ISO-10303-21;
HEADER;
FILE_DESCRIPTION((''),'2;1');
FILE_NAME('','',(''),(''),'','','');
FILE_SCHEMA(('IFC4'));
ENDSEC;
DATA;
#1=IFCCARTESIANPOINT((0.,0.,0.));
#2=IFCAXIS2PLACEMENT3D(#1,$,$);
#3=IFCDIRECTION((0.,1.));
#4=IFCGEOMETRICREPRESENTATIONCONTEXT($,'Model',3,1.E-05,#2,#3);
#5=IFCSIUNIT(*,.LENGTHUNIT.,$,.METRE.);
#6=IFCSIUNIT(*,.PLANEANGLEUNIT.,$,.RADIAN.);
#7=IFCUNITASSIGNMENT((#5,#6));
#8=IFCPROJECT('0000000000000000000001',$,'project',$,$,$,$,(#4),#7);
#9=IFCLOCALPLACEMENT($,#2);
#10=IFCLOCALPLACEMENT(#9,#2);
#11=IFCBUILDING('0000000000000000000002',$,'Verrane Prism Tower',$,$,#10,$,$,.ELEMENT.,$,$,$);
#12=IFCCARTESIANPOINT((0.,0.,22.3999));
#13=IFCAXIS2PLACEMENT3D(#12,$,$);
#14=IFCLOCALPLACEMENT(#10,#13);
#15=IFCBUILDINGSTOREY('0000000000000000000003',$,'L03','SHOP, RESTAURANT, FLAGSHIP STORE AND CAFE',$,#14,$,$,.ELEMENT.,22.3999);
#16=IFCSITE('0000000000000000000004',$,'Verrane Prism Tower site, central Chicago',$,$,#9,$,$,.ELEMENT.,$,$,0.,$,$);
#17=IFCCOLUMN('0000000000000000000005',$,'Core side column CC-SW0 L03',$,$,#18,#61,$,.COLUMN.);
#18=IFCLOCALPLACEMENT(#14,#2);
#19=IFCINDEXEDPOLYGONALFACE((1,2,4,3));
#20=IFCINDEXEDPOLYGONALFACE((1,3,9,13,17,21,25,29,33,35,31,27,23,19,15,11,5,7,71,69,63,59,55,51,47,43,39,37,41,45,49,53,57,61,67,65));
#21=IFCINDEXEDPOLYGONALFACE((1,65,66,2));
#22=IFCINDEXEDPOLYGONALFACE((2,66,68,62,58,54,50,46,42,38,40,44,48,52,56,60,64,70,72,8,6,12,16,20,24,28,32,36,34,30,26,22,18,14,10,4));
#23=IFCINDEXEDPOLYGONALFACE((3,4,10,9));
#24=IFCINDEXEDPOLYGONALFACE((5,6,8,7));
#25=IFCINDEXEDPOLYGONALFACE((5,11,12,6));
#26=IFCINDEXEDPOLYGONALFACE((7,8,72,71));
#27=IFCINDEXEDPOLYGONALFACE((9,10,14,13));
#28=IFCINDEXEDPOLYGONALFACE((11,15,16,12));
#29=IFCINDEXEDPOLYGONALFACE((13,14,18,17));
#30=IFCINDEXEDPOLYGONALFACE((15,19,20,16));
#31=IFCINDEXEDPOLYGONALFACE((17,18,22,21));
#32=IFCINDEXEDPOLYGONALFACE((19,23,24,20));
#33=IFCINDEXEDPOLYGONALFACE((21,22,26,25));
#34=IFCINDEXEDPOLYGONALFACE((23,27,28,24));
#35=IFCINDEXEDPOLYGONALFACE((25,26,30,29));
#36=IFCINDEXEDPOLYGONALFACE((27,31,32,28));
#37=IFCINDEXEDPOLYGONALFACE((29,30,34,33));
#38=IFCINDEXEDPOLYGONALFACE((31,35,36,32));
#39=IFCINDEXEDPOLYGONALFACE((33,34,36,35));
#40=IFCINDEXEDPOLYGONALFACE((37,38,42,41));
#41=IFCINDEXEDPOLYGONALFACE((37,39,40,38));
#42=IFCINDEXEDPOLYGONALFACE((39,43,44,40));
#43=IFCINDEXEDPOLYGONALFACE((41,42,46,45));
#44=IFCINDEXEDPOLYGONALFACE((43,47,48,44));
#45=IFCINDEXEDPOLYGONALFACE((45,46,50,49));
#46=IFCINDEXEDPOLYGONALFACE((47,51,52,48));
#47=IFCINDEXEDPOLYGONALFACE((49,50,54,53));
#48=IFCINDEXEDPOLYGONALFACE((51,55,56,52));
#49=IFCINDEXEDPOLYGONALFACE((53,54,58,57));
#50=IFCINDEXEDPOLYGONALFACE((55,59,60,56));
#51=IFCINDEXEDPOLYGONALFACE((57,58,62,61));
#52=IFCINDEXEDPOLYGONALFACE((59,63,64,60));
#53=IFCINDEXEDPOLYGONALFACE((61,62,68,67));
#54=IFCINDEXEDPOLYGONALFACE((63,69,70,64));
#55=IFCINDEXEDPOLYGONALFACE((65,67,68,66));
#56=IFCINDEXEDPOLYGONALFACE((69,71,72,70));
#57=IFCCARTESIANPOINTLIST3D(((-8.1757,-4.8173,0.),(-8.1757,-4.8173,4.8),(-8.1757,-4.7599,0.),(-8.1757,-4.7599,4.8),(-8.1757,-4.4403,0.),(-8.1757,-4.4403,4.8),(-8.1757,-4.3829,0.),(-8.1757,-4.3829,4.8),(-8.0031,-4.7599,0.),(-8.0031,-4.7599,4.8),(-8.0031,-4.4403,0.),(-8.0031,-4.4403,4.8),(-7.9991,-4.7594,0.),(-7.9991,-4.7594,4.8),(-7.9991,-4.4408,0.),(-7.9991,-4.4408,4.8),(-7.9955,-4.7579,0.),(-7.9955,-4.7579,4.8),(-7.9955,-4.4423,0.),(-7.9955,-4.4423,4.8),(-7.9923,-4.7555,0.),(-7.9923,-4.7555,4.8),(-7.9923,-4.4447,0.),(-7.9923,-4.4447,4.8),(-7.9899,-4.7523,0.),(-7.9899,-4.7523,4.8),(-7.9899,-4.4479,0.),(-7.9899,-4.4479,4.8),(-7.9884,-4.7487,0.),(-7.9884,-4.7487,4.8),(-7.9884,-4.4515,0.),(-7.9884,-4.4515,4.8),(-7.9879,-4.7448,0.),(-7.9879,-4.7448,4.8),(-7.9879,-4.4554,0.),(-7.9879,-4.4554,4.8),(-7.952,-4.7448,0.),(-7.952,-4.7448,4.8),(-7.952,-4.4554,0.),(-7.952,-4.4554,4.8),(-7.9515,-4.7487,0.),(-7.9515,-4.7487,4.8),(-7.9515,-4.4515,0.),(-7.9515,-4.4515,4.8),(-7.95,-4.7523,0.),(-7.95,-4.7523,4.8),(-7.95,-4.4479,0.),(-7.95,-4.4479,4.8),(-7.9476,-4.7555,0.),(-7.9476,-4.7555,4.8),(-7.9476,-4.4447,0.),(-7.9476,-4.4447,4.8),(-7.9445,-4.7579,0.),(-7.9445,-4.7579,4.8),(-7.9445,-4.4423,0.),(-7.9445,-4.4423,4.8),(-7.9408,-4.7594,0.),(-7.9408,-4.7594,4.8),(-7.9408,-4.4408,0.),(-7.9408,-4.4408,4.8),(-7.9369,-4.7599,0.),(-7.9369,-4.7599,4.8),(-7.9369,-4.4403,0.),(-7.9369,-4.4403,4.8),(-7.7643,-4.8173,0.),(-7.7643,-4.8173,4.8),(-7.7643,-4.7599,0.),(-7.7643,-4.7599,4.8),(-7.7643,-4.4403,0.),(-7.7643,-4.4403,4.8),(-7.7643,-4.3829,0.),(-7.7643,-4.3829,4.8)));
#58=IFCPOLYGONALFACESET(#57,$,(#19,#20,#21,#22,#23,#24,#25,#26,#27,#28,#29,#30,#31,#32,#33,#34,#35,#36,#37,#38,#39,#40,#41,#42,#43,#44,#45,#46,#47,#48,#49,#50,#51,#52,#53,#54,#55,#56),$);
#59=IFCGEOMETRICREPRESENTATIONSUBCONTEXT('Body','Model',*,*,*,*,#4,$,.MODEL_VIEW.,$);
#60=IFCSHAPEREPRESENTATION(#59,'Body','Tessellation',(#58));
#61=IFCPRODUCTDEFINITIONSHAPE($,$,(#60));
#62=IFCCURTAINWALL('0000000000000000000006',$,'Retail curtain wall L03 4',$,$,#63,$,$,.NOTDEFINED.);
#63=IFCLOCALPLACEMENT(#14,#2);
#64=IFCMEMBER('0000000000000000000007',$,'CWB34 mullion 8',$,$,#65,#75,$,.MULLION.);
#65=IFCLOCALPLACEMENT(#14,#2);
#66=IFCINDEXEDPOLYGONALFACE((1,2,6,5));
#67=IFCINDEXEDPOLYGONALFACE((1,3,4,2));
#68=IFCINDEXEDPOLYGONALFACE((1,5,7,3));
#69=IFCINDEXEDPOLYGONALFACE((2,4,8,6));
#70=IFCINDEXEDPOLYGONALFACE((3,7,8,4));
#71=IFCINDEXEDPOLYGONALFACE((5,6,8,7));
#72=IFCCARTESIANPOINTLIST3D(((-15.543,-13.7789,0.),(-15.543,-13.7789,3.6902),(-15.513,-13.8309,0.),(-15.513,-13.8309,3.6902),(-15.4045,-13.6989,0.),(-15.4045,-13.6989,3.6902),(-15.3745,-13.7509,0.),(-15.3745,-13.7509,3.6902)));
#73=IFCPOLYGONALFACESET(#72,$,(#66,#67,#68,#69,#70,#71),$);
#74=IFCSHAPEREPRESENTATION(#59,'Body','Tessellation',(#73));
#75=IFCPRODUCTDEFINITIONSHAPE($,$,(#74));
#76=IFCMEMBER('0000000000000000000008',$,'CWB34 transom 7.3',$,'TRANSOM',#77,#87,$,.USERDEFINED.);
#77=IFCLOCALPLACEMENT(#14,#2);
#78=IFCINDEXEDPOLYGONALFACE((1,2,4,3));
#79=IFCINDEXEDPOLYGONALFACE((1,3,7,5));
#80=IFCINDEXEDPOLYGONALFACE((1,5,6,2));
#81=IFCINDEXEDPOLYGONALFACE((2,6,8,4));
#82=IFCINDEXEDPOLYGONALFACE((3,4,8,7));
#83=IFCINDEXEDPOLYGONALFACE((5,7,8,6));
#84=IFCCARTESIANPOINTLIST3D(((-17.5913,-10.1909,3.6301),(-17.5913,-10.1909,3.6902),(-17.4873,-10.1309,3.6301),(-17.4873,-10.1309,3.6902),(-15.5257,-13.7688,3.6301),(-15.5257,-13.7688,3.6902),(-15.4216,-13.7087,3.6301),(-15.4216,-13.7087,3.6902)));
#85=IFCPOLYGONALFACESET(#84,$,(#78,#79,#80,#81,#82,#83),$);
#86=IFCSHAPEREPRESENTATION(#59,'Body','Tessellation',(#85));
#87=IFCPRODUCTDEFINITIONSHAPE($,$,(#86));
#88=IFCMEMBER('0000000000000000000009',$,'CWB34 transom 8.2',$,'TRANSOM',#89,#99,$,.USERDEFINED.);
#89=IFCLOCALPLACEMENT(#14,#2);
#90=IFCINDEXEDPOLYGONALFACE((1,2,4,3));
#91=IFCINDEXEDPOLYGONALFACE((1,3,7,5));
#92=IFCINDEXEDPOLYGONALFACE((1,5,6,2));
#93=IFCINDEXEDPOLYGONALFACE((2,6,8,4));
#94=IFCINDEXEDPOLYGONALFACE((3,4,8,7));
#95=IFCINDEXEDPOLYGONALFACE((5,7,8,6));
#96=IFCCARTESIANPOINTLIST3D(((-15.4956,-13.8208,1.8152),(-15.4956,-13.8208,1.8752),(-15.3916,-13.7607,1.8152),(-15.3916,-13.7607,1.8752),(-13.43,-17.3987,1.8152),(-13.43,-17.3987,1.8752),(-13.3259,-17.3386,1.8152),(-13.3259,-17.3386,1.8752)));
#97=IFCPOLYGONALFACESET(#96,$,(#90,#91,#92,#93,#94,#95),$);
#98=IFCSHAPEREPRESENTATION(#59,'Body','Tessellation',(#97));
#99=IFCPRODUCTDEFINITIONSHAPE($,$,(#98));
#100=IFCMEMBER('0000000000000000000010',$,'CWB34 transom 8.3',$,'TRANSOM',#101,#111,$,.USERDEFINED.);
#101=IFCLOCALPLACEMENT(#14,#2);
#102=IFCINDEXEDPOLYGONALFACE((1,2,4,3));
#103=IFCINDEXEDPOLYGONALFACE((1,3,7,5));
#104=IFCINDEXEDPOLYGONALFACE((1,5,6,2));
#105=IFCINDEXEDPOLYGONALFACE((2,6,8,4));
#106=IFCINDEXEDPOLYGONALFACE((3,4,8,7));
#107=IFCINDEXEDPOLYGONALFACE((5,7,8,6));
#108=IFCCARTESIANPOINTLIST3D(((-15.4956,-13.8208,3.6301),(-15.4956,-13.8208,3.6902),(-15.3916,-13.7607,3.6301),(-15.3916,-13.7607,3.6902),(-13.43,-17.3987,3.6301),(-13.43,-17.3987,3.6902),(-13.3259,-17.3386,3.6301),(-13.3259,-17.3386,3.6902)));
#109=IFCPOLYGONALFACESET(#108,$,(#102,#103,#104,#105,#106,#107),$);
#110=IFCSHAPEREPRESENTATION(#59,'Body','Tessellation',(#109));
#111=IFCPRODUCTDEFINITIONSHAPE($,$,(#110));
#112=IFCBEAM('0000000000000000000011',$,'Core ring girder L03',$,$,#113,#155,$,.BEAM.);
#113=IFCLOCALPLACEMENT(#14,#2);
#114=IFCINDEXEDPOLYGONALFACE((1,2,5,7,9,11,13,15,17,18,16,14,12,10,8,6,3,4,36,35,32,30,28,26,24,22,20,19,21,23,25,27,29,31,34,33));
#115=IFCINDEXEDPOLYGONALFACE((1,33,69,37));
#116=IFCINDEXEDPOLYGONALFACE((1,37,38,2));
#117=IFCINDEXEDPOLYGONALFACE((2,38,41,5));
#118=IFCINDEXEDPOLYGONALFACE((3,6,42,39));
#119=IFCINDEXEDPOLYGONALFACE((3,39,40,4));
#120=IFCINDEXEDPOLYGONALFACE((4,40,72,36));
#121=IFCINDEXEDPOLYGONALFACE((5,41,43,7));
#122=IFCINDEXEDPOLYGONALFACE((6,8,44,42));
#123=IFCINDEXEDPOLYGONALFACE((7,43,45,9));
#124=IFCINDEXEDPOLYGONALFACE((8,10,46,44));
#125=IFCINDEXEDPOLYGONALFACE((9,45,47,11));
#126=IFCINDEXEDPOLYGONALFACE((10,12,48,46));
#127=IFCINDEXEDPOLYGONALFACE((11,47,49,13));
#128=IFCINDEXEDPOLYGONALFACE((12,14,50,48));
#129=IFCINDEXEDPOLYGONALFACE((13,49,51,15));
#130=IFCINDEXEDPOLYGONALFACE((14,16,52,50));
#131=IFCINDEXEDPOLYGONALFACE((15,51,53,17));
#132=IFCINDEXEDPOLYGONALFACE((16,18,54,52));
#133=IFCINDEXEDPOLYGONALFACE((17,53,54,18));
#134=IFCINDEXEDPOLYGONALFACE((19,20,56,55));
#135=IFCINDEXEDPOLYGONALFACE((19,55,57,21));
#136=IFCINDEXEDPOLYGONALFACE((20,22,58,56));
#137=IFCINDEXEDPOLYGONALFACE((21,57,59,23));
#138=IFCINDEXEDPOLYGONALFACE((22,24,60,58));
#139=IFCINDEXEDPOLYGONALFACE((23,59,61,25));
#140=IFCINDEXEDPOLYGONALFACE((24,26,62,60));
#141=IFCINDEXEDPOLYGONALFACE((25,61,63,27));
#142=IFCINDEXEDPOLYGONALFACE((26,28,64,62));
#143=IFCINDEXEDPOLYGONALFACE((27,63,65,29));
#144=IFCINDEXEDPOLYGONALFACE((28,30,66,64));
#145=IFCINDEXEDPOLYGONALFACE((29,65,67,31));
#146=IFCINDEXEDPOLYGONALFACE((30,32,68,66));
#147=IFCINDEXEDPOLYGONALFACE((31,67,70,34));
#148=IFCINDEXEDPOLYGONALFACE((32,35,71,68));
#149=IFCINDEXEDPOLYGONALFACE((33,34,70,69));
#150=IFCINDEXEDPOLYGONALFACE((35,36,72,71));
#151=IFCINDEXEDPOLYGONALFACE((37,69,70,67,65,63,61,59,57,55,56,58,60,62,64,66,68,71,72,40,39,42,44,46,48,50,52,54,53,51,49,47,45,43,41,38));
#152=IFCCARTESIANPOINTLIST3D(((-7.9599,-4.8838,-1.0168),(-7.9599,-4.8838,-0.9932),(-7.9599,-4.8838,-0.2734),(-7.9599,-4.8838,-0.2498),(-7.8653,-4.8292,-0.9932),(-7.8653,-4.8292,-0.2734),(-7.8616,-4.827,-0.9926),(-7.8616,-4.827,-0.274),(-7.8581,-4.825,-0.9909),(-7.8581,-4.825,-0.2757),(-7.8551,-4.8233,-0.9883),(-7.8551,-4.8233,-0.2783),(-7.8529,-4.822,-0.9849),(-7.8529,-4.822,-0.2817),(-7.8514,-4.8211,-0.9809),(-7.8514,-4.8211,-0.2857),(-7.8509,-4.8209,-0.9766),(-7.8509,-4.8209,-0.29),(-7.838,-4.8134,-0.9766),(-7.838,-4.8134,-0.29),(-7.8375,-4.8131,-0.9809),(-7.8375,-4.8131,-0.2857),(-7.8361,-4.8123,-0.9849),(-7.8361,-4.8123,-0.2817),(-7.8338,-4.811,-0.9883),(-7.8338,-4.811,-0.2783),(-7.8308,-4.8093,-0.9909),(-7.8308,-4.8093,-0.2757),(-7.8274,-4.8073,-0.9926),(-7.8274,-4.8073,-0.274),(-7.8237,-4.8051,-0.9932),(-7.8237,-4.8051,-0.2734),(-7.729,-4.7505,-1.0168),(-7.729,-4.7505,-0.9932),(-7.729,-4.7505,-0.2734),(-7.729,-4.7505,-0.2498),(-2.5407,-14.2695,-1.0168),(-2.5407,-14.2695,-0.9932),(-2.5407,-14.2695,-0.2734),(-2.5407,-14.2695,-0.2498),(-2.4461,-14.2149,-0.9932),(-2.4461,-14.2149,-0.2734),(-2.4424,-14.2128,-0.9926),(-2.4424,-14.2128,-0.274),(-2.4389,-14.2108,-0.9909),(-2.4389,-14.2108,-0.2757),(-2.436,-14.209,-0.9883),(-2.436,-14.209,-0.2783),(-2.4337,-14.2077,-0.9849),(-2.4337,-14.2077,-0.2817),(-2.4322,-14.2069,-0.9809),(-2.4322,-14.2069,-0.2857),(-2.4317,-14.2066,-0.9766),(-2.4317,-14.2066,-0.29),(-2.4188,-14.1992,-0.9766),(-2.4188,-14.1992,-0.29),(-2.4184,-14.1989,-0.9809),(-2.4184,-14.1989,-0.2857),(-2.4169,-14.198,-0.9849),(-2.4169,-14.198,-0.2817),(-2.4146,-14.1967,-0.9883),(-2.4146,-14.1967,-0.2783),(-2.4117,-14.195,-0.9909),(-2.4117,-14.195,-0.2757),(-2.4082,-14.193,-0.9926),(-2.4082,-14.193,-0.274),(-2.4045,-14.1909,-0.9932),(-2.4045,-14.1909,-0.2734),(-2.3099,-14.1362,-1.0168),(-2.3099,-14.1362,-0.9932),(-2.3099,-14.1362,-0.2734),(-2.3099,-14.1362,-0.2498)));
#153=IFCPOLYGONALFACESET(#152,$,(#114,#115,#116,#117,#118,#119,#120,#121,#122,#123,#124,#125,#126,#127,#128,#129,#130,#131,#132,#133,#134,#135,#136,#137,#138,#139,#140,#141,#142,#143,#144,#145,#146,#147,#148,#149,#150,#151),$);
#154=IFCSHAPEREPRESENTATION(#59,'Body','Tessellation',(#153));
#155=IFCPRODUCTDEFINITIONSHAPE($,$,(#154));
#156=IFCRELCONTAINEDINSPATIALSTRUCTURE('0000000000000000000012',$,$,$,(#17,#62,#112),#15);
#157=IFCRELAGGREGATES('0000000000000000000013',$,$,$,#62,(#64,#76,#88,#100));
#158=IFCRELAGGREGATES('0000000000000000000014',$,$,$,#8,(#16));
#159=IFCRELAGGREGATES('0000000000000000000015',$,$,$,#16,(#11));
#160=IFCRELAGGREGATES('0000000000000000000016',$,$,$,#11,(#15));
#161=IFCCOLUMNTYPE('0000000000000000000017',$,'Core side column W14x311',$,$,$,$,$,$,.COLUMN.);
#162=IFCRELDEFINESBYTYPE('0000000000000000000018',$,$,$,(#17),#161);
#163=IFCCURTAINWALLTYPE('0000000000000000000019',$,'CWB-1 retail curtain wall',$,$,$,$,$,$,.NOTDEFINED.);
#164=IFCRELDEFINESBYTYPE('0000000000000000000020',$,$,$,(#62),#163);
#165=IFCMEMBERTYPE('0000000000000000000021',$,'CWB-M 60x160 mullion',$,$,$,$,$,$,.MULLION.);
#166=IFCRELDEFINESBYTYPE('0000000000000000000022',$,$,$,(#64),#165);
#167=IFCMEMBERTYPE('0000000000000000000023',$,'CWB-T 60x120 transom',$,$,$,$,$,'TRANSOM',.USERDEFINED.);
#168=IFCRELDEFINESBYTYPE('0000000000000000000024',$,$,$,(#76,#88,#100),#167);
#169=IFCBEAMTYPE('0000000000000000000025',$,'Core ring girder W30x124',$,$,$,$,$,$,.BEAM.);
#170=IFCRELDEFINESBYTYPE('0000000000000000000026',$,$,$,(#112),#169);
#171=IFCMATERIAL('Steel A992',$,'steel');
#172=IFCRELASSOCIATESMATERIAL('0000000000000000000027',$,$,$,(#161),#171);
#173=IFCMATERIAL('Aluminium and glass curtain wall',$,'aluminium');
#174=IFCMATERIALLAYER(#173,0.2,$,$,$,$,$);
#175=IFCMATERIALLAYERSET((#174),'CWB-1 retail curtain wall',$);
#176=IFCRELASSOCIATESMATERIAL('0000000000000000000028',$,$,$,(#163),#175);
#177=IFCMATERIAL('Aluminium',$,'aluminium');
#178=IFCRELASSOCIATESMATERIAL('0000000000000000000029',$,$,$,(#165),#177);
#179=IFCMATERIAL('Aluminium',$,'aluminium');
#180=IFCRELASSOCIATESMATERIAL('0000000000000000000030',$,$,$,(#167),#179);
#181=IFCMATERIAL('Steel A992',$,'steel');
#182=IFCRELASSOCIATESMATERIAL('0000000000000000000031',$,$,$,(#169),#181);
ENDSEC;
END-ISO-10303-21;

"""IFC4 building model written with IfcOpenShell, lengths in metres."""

from ifc_helpers import new_model, si_unit, direction, frame, origin, origin_2d, place, context, subcontext, project, spatial, rectangle, i_section, extrude, material, layer, layer_set, material_profile, profile_set, type_object, element, aggregate, save


model = new_model("IFC4")

# Units and contexts
model_context = context("Model", 3, precision=1e-05, world=origin(), true_north=direction((0.0, 1.0)))
body_context = subcontext(model_context, "Body", "Model", "MODEL_VIEW")
ifc_project = project(units=[si_unit("LENGTHUNIT", "METRE"), si_unit("PLANEANGLEUNIT", "RADIAN")], contexts=[model_context])

# Site, building, storey
site_placement = place(None, origin())
site = spatial("IfcSite", under=ifc_project, at=site_placement, Name="Verrane Prism Tower site, central Chicago", CompositionType="ELEMENT", RefElevation=0.0)
building_placement = place(site_placement, origin())
building = spatial("IfcBuilding", under=site, at=building_placement, Name="Verrane Prism Tower", CompositionType="ELEMENT")
storey_placement = place(building_placement, frame((0.0, 0.0, 22.3999)))
storey = spatial("IfcBuildingStorey", under=building, at=storey_placement, Name="L03", Description="SHOP, RESTAURANT, FLAGSHIP STORE AND CAFE", CompositionType="ELEMENT", Elevation=22.3999)

# Column
ifc_material_1 = material(Name="Steel A992", Category="steel")
ifc_material_profile_1 = material_profile(ifc_material_1, i_section(OverallWidth=0.4114, OverallDepth=0.4343, WebThickness=0.0359, FlangeThickness=0.0574, FilletRadius=0.0151, at=origin_2d()), Name="W14x311")
ifc_profile_set_1 = profile_set([ifc_material_profile_1], Name="Steel A992")
column_type = type_object("IfcColumnType", Name="Core side column W14x311", PredefinedType="COLUMN", material=ifc_profile_set_1)
column_placement = place(storey_placement, frame((-7.97, -4.6001, 0.0), z_axis=(0.0, 0.0, 1.0), x_axis=(1.0, 0.0, 0.0)))
element("IfcColumn", 1, at=column_placement, inside=storey, type_object=column_type, Name="Core side column CC-SW0 L03", PredefinedType="COLUMN", context=body_context, shape_type="SweptSolid", body=[
    extrude(i_section(OverallWidth=0.4114, OverallDepth=0.4343, WebThickness=0.0359, FlangeThickness=0.0574, FilletRadius=0.0151, at=origin_2d()), origin(), (0.0, 0.0, 1.0), 4.8),
])

# Curtain wall, members
ifc_material_2 = material(Name="Aluminium and glass curtain wall", Category="aluminium")
ifc_layer_1 = layer(ifc_material_2, 0.2)
ifc_layer_set_1 = layer_set([ifc_layer_1], Name="CWB-1 retail curtain wall")
curtain_wall_type = type_object("IfcCurtainWallType", Name="CWB-1 retail curtain wall", PredefinedType="NOTDEFINED", material=ifc_layer_set_1)
curtain_wall_placement = place(storey_placement, origin())
curtain_wall = element("IfcCurtainWall", 2, at=curtain_wall_placement, inside=storey, type_object=curtain_wall_type, Name="Retail curtain wall L03 4", PredefinedType="NOTDEFINED")
ifc_material_3 = material(Name="Aluminium", Category="aluminium")
ifc_material_profile_2 = material_profile(ifc_material_3, rectangle(XDim=0.1599, YDim=0.0601, at=origin_2d()), Name="CWB-M 60x160 mullion")
ifc_profile_set_2 = profile_set([ifc_material_profile_2], Name="Aluminium")
member_type_1 = type_object("IfcMemberType", Name="CWB-M 60x160 mullion", PredefinedType="MULLION", material=ifc_profile_set_2)
member_1_placement = place(storey_placement, frame((-15.4587, -13.7649, 0.0), z_axis=(0.0, 0.0, 1.0), x_axis=(0.866025, 0.5, 0.0)))
member_1 = element("IfcMember", 3, at=member_1_placement, type_object=member_type_1, Name="CWB34 mullion 8", PredefinedType="MULLION", context=body_context, shape_type="SweptSolid", body=[
    extrude(rectangle(XDim=0.1599, YDim=0.0601, at=origin_2d()), origin(), (0.0, 0.0, 1.0), 3.6902),
])
ifc_material_4 = material(Name="Aluminium", Category="aluminium")
ifc_material_profile_3 = material_profile(ifc_material_4, rectangle(XDim=0.1201, YDim=0.0601, at=origin_2d()), Name="CWB-T 60x120 transom")
ifc_profile_set_3 = profile_set([ifc_material_profile_3], Name="Aluminium")
member_type_2 = type_object("IfcMemberType", Name="CWB-T 60x120 transom", ElementType="TRANSOM", PredefinedType="USERDEFINED", material=ifc_profile_set_3)
member_2_placement = place(storey_placement, frame((-17.5393, -10.1609, 3.6602), z_axis=(0.499997, -0.866027, 0.0), x_axis=(0.866027, 0.499997, 0.0)))
member_2 = element("IfcMember", 4, at=member_2_placement, type_object=member_type_2, Name="CWB34 transom 7.3", ObjectType="TRANSOM", PredefinedType="USERDEFINED", context=body_context, shape_type="SweptSolid", body=[
    extrude(rectangle(XDim=0.1201, YDim=0.0601, at=origin_2d()), origin(), (0.0, 0.0, 1.0), 4.1313),
])
member_3_placement = place(storey_placement, frame((-15.4436, -13.7908, 1.8452), z_axis=(0.499997, -0.866027, 0.0), x_axis=(0.866027, 0.499997, 0.0)))
member_3 = element("IfcMember", 5, at=member_3_placement, type_object=member_type_2, Name="CWB34 transom 8.2", ObjectType="TRANSOM", PredefinedType="USERDEFINED", context=body_context, shape_type="SweptSolid", body=[
    extrude(rectangle(XDim=0.1201, YDim=0.0601, at=origin_2d()), origin(), (0.0, 0.0, 1.0), 4.1313),
])
member_4_placement = place(storey_placement, frame((-15.4436, -13.7908, 3.6602), z_axis=(0.499997, -0.866027, 0.0), x_axis=(0.866027, 0.499997, 0.0)))
member_4 = element("IfcMember", 6, at=member_4_placement, type_object=member_type_2, Name="CWB34 transom 8.3", ObjectType="TRANSOM", PredefinedType="USERDEFINED", context=body_context, shape_type="SweptSolid", body=[
    extrude(rectangle(XDim=0.1201, YDim=0.0601, at=origin_2d()), origin(), (0.0, 0.0, 1.0), 4.1313),
])

# Beam
ifc_material_5 = material(Name="Steel A992", Category="steel")
ifc_material_profile_4 = material_profile(ifc_material_5, i_section(OverallWidth=0.2666, OverallDepth=0.7671, WebThickness=0.0149, FlangeThickness=0.0237, FilletRadius=0.0166, at=origin_2d()), Name="W30x124")
ifc_profile_set_4 = profile_set([ifc_material_profile_4], Name="Steel A992")
beam_type_1 = type_object("IfcBeamType", Name="Core ring girder W30x124", PredefinedType="BEAM", material=ifc_profile_set_4)
beam_1_placement = place(storey_placement, frame((-7.8445, -4.8171, -0.6333), z_axis=(0.500023, -0.866012, 0.0), x_axis=(0.866012, 0.500023, 0.0)))
element("IfcBeam", 7, at=beam_1_placement, inside=storey, type_object=beam_type_1, Name="Core ring girder L03", PredefinedType="BEAM", context=body_context, shape_type="SweptSolid", body=[
    extrude(i_section(OverallWidth=0.2666, OverallDepth=0.7671, WebThickness=0.0149, FlangeThickness=0.0237, FilletRadius=0.0166, at=origin_2d()), origin(), (0.0, 0.0, 1.0), 10.8379),
])

aggregate(curtain_wall, [member_1, member_2, member_3, member_4])

save(model, "model.ifc")
